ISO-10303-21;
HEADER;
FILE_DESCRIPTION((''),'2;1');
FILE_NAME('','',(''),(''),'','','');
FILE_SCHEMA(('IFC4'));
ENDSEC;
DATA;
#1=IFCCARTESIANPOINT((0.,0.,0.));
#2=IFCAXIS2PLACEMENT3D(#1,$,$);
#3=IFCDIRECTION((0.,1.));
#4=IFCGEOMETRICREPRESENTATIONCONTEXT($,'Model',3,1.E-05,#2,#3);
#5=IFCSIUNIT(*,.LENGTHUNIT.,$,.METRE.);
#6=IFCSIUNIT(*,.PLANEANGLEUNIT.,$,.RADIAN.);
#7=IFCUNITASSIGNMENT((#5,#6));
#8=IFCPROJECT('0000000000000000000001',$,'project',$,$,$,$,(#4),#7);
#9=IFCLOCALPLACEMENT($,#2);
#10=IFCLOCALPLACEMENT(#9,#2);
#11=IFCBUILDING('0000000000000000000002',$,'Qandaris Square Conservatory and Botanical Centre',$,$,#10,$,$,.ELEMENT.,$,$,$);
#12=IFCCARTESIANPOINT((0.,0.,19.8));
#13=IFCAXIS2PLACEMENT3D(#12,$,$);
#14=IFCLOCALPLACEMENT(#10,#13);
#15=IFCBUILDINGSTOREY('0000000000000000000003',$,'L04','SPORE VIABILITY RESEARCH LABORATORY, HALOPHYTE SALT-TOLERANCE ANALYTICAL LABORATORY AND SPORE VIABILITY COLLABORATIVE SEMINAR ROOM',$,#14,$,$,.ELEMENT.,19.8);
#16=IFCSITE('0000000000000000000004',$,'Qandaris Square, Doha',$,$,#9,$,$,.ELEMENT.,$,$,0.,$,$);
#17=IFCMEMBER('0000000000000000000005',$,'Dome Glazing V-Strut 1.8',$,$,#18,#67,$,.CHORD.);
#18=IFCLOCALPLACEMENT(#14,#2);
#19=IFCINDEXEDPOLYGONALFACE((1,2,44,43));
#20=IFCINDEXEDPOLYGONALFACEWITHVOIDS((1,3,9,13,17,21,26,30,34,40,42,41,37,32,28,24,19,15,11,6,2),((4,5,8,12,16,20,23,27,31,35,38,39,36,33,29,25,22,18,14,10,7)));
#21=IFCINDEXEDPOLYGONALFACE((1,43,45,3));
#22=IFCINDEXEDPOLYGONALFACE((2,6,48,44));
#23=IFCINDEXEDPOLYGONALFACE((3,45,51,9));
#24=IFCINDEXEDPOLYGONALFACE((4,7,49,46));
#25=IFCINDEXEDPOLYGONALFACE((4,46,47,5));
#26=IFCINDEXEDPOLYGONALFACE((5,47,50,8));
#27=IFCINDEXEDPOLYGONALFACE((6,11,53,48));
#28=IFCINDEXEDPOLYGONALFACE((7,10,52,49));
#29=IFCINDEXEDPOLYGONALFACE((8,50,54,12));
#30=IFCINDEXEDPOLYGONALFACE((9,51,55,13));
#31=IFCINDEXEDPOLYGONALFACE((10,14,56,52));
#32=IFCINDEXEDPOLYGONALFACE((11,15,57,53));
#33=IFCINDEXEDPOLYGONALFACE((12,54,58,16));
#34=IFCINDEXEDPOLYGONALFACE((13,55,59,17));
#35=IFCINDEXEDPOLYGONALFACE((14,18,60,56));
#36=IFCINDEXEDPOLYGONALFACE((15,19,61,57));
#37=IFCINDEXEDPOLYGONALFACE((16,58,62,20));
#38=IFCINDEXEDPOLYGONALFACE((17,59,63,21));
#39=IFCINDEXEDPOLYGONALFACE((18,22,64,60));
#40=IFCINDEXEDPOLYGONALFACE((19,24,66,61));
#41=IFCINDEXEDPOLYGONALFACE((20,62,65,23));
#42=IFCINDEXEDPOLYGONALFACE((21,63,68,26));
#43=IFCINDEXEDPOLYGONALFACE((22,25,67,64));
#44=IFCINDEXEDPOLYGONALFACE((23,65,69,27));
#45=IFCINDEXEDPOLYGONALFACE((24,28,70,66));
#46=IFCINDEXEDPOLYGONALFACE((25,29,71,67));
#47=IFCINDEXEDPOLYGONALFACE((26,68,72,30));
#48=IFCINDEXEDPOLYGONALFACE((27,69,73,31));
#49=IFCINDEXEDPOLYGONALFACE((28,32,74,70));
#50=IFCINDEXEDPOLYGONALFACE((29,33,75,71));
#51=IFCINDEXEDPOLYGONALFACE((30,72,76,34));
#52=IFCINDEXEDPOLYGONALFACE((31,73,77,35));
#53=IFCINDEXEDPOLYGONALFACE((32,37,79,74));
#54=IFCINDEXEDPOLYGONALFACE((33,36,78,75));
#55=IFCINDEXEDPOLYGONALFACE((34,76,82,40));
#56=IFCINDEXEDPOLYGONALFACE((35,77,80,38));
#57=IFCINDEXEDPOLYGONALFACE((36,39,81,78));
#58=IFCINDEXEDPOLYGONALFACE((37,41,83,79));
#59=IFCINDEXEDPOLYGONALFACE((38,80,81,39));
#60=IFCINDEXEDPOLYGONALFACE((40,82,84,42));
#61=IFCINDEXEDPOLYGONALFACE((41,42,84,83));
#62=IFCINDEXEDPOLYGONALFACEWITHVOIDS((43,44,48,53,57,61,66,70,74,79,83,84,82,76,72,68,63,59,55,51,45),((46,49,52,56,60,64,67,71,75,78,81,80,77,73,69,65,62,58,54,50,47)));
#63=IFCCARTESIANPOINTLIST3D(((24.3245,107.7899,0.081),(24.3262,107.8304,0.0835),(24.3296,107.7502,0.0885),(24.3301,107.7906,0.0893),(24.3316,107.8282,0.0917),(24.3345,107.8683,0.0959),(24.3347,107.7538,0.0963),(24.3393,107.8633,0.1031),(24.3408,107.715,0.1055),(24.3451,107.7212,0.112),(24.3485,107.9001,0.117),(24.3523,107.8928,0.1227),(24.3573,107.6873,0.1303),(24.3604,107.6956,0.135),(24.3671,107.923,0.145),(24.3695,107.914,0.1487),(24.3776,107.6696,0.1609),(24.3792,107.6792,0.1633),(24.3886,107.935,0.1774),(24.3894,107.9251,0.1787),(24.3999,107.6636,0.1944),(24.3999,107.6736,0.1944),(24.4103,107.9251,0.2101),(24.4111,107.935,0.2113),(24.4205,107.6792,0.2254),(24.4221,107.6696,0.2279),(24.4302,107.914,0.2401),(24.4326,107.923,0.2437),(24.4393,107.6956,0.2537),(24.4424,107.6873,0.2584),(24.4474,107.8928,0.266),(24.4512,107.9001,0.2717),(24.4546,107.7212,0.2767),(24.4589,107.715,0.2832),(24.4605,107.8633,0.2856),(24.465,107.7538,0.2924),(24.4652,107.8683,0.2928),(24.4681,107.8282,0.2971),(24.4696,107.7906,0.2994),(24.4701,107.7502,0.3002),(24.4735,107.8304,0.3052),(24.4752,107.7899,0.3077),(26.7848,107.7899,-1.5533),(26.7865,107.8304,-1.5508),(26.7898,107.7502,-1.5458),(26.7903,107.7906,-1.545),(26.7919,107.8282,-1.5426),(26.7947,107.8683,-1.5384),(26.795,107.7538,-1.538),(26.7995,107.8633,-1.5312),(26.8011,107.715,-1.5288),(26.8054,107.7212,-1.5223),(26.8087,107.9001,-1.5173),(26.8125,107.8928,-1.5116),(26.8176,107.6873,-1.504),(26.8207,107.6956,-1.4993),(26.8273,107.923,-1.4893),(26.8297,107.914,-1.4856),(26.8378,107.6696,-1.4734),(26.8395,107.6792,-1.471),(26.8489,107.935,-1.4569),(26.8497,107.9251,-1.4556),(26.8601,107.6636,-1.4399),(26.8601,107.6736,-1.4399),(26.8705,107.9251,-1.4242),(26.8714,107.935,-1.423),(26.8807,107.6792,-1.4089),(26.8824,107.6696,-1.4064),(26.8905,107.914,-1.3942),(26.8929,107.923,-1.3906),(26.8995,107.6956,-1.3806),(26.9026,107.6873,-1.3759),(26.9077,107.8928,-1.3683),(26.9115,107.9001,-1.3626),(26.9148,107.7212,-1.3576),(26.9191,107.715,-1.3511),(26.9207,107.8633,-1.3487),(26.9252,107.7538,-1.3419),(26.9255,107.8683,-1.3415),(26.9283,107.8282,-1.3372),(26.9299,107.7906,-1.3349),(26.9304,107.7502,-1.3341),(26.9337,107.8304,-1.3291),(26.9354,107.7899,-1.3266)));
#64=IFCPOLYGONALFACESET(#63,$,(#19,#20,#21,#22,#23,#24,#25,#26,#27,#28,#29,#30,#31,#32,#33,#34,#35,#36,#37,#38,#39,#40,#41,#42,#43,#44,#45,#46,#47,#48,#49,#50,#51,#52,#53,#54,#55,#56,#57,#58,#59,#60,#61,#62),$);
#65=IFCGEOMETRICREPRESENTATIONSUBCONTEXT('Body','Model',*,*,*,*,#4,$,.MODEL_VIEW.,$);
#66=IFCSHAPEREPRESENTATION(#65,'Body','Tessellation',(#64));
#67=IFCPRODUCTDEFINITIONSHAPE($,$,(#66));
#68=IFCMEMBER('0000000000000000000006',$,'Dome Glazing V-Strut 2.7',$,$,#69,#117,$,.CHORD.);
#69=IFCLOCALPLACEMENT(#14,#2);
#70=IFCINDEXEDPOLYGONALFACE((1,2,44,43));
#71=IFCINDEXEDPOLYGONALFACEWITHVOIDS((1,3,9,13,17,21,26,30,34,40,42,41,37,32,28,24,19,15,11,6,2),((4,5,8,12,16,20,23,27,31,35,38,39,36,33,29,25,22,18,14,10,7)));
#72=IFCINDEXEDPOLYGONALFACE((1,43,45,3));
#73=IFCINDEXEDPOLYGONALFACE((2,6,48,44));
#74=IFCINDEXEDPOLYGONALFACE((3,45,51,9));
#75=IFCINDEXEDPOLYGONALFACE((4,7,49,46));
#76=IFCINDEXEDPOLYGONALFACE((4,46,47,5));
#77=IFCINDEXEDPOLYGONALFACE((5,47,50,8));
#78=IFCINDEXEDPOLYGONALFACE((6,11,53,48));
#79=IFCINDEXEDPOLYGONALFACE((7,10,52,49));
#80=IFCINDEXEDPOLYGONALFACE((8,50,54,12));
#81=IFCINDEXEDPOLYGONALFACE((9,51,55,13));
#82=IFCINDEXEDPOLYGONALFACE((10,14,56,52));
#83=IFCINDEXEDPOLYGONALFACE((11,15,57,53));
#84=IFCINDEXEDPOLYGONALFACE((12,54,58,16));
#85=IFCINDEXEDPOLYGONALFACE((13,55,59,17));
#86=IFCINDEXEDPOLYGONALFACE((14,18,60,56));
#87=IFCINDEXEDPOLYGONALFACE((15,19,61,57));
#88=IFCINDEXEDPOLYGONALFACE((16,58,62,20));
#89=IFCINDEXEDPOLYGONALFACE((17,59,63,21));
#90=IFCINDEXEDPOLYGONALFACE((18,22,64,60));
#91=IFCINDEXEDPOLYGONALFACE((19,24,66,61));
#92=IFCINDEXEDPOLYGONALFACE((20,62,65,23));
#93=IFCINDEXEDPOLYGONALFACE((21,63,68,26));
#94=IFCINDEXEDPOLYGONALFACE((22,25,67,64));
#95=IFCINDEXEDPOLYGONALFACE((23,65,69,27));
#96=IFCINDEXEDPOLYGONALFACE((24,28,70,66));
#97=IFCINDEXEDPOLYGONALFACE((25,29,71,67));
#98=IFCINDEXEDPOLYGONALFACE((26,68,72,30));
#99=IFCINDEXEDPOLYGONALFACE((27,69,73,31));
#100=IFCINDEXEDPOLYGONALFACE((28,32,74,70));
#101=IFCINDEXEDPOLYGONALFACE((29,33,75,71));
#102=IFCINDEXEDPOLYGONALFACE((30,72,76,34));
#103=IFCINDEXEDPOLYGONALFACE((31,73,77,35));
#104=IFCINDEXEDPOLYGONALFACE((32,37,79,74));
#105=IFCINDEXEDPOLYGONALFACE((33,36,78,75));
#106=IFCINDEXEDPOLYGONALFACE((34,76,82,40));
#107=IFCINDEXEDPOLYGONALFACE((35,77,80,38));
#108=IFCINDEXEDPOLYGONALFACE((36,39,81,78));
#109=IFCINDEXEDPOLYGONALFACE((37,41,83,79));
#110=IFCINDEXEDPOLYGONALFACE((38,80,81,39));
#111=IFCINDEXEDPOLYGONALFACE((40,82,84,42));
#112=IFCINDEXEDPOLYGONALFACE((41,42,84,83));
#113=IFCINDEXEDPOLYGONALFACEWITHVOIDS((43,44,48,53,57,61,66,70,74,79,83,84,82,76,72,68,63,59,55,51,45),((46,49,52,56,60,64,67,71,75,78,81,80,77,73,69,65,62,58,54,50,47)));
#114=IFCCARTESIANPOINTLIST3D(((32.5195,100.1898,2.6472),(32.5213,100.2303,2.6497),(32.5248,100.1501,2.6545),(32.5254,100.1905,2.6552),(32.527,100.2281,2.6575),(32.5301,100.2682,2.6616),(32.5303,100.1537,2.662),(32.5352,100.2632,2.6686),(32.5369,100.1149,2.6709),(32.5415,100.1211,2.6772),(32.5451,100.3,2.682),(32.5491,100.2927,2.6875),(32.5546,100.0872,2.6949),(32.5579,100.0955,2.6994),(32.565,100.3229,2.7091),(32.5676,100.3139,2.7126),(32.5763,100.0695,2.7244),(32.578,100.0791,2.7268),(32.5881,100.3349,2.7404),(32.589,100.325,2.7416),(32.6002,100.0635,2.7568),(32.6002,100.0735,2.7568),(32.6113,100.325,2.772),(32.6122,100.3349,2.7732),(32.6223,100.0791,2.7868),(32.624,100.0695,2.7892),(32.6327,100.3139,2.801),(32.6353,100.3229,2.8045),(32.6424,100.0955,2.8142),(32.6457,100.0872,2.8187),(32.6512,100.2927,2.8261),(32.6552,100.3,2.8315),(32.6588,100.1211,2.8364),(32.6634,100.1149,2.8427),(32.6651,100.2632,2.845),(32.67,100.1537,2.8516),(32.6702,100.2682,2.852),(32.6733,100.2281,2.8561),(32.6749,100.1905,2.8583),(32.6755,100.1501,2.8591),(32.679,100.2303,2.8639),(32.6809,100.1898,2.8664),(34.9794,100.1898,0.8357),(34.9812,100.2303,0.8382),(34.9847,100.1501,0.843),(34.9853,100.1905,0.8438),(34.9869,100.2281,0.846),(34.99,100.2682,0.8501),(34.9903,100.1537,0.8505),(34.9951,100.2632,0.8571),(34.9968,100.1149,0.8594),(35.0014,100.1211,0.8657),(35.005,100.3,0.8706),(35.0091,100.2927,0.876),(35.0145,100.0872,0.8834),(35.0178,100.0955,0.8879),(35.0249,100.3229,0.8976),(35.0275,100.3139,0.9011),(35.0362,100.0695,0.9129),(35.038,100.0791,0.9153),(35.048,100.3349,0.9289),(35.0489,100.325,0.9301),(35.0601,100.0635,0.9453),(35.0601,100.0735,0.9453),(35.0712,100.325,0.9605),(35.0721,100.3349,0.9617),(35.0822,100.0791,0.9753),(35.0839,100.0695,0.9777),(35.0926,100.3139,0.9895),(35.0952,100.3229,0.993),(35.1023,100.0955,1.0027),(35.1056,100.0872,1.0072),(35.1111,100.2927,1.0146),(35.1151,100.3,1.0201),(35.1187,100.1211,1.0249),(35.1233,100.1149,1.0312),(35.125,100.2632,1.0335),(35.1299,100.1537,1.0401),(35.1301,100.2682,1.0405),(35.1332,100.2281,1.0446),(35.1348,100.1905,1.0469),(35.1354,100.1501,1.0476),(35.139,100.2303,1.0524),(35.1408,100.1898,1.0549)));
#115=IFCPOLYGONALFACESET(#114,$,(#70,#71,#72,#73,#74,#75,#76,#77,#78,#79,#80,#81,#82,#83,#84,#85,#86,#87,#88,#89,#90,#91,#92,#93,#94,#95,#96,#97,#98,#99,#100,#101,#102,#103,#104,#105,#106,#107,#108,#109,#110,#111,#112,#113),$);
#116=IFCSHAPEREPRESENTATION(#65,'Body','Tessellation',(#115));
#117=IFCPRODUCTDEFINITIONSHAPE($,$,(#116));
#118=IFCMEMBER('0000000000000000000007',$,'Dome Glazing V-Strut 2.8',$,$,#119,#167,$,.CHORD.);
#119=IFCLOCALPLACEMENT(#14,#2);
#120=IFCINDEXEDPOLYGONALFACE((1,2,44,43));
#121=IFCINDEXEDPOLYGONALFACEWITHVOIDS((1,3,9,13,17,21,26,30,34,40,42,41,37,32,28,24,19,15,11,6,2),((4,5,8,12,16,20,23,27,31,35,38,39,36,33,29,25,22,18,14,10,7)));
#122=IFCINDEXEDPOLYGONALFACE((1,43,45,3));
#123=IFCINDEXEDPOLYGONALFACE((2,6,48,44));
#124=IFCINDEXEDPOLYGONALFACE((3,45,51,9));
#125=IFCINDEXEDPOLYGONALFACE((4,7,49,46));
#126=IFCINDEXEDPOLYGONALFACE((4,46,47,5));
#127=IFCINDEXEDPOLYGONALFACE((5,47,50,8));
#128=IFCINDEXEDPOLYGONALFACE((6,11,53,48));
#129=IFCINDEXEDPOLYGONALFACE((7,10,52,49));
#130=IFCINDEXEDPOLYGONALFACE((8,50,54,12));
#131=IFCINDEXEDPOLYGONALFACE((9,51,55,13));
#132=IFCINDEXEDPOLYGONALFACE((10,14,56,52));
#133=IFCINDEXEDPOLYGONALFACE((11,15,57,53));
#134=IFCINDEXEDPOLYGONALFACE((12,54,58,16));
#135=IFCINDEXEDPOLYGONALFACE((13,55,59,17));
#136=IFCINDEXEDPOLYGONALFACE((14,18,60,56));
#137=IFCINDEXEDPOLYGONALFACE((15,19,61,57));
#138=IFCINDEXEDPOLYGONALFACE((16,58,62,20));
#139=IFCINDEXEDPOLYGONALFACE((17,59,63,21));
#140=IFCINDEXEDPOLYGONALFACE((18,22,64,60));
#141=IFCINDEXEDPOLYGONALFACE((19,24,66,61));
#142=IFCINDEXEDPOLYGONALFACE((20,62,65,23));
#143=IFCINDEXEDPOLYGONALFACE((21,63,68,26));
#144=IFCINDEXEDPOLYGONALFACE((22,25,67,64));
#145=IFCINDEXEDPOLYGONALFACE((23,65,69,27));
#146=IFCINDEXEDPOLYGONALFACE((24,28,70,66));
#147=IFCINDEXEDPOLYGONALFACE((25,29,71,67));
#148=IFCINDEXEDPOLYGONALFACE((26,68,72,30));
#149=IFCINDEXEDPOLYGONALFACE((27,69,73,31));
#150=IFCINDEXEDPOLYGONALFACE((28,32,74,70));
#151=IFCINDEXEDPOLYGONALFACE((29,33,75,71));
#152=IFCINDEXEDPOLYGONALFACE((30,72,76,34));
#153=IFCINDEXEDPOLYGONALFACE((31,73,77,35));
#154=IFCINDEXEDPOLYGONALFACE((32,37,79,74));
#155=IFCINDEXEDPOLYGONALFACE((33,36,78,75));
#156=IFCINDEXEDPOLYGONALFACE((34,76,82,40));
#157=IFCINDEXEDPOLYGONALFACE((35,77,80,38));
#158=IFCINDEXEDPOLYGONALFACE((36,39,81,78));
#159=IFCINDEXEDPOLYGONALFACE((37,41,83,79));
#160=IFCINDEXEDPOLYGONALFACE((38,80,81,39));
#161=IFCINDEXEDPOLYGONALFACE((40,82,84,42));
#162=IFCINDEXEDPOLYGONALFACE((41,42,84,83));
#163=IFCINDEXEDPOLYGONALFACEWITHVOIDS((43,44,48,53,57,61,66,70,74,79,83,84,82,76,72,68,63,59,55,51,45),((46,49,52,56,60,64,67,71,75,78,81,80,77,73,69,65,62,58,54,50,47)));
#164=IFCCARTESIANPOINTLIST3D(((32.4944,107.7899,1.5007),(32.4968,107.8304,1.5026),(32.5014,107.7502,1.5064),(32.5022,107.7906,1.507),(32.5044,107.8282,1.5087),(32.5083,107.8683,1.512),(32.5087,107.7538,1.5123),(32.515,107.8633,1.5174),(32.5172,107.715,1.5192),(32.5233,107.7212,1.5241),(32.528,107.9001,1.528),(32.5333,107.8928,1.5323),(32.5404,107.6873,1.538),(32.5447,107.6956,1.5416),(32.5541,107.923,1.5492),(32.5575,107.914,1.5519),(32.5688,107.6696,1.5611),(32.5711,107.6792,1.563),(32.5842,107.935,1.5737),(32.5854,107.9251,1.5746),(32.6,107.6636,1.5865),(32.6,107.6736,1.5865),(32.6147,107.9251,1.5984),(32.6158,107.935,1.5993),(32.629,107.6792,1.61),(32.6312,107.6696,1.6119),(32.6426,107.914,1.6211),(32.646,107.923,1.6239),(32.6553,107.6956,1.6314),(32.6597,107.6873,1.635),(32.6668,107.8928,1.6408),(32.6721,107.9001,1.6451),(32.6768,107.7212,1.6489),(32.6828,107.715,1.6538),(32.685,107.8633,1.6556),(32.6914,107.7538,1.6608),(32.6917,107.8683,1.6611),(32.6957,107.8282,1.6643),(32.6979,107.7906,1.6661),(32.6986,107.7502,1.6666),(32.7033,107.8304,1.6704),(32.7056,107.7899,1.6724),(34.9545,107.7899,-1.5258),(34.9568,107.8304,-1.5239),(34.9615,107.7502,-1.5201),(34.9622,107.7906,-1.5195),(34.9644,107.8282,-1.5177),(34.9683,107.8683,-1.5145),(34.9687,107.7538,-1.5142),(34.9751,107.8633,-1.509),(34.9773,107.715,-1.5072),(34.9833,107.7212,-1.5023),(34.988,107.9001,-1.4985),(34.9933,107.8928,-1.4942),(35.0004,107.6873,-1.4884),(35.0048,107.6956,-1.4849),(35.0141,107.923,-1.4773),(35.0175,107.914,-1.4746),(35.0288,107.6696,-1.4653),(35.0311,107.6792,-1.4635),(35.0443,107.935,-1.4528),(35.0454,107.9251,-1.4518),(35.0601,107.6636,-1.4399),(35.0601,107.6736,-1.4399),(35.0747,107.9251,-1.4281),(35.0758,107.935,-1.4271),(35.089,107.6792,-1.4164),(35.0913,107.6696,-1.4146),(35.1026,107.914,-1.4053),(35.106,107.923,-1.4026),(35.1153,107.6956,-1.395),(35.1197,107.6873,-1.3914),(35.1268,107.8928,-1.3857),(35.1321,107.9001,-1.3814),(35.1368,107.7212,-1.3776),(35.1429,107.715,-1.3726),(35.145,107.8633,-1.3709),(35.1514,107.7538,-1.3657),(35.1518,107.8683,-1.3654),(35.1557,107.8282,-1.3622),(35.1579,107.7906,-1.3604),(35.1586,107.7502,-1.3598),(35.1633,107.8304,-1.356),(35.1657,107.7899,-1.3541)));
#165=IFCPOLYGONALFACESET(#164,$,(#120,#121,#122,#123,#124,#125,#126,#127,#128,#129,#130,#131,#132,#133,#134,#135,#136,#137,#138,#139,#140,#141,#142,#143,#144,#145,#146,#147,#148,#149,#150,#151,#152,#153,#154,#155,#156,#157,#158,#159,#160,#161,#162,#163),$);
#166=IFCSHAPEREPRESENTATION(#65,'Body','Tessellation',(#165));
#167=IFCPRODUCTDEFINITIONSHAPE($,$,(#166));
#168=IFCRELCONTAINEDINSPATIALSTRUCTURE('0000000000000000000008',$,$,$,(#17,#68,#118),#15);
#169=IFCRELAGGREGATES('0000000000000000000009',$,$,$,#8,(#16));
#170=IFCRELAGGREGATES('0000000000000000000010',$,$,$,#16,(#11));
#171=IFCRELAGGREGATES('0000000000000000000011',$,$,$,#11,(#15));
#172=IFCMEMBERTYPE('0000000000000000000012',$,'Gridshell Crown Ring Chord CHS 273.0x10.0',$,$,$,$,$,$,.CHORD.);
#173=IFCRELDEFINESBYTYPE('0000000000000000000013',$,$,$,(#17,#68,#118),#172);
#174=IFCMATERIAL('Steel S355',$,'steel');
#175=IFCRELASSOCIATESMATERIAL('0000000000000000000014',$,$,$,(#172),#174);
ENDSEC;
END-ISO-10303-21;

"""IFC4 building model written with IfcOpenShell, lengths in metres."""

from ifc_helpers import new_model, si_unit, direction, frame, origin, origin_2d, place, context, subcontext, project, spatial, hollow_circle, extrude, material, material_profile, profile_set, type_object, element, save


model = new_model("IFC4")

# Units and contexts
model_context = context("Model", 3, precision=1e-05, world=origin(), true_north=direction((0.0, 1.0)))
body_context = subcontext(model_context, "Body", "Model", "MODEL_VIEW")
ifc_project = project(units=[si_unit("LENGTHUNIT", "METRE"), si_unit("PLANEANGLEUNIT", "RADIAN")], contexts=[model_context])

# Site, building, storey
site_placement = place(None, origin())
site = spatial("IfcSite", under=ifc_project, at=site_placement, Name="Qandaris Square, Doha", CompositionType="ELEMENT", RefElevation=0.0)
building_placement = place(site_placement, origin())
building = spatial("IfcBuilding", under=site, at=building_placement, Name="Qandaris Square Conservatory and Botanical Centre", CompositionType="ELEMENT")
storey_placement = place(building_placement, frame((0.0, 0.0, 19.8)))
storey = spatial("IfcBuildingStorey", under=building, at=storey_placement, Name="L04", Description="SPORE VIABILITY RESEARCH LABORATORY, HALOPHYTE SALT-TOLERANCE ANALYTICAL LABORATORY AND SPORE VIABILITY COLLABORATIVE SEMINAR ROOM", CompositionType="ELEMENT", Elevation=19.8)

# Members
ifc_material = material(Name="Steel S355", Category="steel")
ifc_material_profile_1 = material_profile(ifc_material, hollow_circle(Radius=0.1365, WallThickness=0.01, at=origin_2d()), Name="CHS 273.0x10.0")
ifc_profile_set_1 = profile_set([ifc_material_profile_1], Name="Steel S355")
member_type_1 = type_object("IfcMemberType", Name="Gridshell Crown Ring Chord CHS 273.0x10.0", PredefinedType="CHORD", material=ifc_profile_set_1)
member_1_placement = place(storey_placement, frame((26.8601, 107.8, -1.4399), z_axis=(-0.832965, 0.0, 0.553326), x_axis=(0.0, -1.0, 0.0)))
element("IfcMember", 1, at=member_1_placement, inside=storey, type_object=member_type_1, Name="Dome Glazing V-Strut 1.8", PredefinedType="CHORD", context=body_context, shape_type="SweptSolid", body=[
    extrude(hollow_circle(Radius=0.1365, WallThickness=0.01, at=origin_2d()), origin(), (0.0, 0.0, 1.0), 2.9536),
])
member_2_placement = place(storey_placement, frame((35.0601, 100.2, 0.9453), z_axis=(-0.805225, 0.0, 0.59297), x_axis=(0.0, -1.0, 0.0)))
element("IfcMember", 2, at=member_2_placement, inside=storey, type_object=member_type_1, Name="Dome Glazing V-Strut 2.7", PredefinedType="CHORD", context=body_context, shape_type="SweptSolid", body=[
    extrude(hollow_circle(Radius=0.1365, WallThickness=0.01, at=origin_2d()), origin(), (0.0, 0.0, 1.0), 3.0549),
])
member_3_placement = place(storey_placement, frame((35.0601, 107.8, -1.4399), z_axis=(-0.630753, 0.0, 0.775984), x_axis=(0.0, -1.0, 0.0)))
element("IfcMember", 3, at=member_3_placement, inside=storey, type_object=member_type_1, Name="Dome Glazing V-Strut 2.8", PredefinedType="CHORD", context=body_context, shape_type="SweptSolid", body=[
    extrude(hollow_circle(Radius=0.1365, WallThickness=0.01, at=origin_2d()), origin(), (0.0, 0.0, 1.0), 3.9001),
])

save(model, "model.ifc")
